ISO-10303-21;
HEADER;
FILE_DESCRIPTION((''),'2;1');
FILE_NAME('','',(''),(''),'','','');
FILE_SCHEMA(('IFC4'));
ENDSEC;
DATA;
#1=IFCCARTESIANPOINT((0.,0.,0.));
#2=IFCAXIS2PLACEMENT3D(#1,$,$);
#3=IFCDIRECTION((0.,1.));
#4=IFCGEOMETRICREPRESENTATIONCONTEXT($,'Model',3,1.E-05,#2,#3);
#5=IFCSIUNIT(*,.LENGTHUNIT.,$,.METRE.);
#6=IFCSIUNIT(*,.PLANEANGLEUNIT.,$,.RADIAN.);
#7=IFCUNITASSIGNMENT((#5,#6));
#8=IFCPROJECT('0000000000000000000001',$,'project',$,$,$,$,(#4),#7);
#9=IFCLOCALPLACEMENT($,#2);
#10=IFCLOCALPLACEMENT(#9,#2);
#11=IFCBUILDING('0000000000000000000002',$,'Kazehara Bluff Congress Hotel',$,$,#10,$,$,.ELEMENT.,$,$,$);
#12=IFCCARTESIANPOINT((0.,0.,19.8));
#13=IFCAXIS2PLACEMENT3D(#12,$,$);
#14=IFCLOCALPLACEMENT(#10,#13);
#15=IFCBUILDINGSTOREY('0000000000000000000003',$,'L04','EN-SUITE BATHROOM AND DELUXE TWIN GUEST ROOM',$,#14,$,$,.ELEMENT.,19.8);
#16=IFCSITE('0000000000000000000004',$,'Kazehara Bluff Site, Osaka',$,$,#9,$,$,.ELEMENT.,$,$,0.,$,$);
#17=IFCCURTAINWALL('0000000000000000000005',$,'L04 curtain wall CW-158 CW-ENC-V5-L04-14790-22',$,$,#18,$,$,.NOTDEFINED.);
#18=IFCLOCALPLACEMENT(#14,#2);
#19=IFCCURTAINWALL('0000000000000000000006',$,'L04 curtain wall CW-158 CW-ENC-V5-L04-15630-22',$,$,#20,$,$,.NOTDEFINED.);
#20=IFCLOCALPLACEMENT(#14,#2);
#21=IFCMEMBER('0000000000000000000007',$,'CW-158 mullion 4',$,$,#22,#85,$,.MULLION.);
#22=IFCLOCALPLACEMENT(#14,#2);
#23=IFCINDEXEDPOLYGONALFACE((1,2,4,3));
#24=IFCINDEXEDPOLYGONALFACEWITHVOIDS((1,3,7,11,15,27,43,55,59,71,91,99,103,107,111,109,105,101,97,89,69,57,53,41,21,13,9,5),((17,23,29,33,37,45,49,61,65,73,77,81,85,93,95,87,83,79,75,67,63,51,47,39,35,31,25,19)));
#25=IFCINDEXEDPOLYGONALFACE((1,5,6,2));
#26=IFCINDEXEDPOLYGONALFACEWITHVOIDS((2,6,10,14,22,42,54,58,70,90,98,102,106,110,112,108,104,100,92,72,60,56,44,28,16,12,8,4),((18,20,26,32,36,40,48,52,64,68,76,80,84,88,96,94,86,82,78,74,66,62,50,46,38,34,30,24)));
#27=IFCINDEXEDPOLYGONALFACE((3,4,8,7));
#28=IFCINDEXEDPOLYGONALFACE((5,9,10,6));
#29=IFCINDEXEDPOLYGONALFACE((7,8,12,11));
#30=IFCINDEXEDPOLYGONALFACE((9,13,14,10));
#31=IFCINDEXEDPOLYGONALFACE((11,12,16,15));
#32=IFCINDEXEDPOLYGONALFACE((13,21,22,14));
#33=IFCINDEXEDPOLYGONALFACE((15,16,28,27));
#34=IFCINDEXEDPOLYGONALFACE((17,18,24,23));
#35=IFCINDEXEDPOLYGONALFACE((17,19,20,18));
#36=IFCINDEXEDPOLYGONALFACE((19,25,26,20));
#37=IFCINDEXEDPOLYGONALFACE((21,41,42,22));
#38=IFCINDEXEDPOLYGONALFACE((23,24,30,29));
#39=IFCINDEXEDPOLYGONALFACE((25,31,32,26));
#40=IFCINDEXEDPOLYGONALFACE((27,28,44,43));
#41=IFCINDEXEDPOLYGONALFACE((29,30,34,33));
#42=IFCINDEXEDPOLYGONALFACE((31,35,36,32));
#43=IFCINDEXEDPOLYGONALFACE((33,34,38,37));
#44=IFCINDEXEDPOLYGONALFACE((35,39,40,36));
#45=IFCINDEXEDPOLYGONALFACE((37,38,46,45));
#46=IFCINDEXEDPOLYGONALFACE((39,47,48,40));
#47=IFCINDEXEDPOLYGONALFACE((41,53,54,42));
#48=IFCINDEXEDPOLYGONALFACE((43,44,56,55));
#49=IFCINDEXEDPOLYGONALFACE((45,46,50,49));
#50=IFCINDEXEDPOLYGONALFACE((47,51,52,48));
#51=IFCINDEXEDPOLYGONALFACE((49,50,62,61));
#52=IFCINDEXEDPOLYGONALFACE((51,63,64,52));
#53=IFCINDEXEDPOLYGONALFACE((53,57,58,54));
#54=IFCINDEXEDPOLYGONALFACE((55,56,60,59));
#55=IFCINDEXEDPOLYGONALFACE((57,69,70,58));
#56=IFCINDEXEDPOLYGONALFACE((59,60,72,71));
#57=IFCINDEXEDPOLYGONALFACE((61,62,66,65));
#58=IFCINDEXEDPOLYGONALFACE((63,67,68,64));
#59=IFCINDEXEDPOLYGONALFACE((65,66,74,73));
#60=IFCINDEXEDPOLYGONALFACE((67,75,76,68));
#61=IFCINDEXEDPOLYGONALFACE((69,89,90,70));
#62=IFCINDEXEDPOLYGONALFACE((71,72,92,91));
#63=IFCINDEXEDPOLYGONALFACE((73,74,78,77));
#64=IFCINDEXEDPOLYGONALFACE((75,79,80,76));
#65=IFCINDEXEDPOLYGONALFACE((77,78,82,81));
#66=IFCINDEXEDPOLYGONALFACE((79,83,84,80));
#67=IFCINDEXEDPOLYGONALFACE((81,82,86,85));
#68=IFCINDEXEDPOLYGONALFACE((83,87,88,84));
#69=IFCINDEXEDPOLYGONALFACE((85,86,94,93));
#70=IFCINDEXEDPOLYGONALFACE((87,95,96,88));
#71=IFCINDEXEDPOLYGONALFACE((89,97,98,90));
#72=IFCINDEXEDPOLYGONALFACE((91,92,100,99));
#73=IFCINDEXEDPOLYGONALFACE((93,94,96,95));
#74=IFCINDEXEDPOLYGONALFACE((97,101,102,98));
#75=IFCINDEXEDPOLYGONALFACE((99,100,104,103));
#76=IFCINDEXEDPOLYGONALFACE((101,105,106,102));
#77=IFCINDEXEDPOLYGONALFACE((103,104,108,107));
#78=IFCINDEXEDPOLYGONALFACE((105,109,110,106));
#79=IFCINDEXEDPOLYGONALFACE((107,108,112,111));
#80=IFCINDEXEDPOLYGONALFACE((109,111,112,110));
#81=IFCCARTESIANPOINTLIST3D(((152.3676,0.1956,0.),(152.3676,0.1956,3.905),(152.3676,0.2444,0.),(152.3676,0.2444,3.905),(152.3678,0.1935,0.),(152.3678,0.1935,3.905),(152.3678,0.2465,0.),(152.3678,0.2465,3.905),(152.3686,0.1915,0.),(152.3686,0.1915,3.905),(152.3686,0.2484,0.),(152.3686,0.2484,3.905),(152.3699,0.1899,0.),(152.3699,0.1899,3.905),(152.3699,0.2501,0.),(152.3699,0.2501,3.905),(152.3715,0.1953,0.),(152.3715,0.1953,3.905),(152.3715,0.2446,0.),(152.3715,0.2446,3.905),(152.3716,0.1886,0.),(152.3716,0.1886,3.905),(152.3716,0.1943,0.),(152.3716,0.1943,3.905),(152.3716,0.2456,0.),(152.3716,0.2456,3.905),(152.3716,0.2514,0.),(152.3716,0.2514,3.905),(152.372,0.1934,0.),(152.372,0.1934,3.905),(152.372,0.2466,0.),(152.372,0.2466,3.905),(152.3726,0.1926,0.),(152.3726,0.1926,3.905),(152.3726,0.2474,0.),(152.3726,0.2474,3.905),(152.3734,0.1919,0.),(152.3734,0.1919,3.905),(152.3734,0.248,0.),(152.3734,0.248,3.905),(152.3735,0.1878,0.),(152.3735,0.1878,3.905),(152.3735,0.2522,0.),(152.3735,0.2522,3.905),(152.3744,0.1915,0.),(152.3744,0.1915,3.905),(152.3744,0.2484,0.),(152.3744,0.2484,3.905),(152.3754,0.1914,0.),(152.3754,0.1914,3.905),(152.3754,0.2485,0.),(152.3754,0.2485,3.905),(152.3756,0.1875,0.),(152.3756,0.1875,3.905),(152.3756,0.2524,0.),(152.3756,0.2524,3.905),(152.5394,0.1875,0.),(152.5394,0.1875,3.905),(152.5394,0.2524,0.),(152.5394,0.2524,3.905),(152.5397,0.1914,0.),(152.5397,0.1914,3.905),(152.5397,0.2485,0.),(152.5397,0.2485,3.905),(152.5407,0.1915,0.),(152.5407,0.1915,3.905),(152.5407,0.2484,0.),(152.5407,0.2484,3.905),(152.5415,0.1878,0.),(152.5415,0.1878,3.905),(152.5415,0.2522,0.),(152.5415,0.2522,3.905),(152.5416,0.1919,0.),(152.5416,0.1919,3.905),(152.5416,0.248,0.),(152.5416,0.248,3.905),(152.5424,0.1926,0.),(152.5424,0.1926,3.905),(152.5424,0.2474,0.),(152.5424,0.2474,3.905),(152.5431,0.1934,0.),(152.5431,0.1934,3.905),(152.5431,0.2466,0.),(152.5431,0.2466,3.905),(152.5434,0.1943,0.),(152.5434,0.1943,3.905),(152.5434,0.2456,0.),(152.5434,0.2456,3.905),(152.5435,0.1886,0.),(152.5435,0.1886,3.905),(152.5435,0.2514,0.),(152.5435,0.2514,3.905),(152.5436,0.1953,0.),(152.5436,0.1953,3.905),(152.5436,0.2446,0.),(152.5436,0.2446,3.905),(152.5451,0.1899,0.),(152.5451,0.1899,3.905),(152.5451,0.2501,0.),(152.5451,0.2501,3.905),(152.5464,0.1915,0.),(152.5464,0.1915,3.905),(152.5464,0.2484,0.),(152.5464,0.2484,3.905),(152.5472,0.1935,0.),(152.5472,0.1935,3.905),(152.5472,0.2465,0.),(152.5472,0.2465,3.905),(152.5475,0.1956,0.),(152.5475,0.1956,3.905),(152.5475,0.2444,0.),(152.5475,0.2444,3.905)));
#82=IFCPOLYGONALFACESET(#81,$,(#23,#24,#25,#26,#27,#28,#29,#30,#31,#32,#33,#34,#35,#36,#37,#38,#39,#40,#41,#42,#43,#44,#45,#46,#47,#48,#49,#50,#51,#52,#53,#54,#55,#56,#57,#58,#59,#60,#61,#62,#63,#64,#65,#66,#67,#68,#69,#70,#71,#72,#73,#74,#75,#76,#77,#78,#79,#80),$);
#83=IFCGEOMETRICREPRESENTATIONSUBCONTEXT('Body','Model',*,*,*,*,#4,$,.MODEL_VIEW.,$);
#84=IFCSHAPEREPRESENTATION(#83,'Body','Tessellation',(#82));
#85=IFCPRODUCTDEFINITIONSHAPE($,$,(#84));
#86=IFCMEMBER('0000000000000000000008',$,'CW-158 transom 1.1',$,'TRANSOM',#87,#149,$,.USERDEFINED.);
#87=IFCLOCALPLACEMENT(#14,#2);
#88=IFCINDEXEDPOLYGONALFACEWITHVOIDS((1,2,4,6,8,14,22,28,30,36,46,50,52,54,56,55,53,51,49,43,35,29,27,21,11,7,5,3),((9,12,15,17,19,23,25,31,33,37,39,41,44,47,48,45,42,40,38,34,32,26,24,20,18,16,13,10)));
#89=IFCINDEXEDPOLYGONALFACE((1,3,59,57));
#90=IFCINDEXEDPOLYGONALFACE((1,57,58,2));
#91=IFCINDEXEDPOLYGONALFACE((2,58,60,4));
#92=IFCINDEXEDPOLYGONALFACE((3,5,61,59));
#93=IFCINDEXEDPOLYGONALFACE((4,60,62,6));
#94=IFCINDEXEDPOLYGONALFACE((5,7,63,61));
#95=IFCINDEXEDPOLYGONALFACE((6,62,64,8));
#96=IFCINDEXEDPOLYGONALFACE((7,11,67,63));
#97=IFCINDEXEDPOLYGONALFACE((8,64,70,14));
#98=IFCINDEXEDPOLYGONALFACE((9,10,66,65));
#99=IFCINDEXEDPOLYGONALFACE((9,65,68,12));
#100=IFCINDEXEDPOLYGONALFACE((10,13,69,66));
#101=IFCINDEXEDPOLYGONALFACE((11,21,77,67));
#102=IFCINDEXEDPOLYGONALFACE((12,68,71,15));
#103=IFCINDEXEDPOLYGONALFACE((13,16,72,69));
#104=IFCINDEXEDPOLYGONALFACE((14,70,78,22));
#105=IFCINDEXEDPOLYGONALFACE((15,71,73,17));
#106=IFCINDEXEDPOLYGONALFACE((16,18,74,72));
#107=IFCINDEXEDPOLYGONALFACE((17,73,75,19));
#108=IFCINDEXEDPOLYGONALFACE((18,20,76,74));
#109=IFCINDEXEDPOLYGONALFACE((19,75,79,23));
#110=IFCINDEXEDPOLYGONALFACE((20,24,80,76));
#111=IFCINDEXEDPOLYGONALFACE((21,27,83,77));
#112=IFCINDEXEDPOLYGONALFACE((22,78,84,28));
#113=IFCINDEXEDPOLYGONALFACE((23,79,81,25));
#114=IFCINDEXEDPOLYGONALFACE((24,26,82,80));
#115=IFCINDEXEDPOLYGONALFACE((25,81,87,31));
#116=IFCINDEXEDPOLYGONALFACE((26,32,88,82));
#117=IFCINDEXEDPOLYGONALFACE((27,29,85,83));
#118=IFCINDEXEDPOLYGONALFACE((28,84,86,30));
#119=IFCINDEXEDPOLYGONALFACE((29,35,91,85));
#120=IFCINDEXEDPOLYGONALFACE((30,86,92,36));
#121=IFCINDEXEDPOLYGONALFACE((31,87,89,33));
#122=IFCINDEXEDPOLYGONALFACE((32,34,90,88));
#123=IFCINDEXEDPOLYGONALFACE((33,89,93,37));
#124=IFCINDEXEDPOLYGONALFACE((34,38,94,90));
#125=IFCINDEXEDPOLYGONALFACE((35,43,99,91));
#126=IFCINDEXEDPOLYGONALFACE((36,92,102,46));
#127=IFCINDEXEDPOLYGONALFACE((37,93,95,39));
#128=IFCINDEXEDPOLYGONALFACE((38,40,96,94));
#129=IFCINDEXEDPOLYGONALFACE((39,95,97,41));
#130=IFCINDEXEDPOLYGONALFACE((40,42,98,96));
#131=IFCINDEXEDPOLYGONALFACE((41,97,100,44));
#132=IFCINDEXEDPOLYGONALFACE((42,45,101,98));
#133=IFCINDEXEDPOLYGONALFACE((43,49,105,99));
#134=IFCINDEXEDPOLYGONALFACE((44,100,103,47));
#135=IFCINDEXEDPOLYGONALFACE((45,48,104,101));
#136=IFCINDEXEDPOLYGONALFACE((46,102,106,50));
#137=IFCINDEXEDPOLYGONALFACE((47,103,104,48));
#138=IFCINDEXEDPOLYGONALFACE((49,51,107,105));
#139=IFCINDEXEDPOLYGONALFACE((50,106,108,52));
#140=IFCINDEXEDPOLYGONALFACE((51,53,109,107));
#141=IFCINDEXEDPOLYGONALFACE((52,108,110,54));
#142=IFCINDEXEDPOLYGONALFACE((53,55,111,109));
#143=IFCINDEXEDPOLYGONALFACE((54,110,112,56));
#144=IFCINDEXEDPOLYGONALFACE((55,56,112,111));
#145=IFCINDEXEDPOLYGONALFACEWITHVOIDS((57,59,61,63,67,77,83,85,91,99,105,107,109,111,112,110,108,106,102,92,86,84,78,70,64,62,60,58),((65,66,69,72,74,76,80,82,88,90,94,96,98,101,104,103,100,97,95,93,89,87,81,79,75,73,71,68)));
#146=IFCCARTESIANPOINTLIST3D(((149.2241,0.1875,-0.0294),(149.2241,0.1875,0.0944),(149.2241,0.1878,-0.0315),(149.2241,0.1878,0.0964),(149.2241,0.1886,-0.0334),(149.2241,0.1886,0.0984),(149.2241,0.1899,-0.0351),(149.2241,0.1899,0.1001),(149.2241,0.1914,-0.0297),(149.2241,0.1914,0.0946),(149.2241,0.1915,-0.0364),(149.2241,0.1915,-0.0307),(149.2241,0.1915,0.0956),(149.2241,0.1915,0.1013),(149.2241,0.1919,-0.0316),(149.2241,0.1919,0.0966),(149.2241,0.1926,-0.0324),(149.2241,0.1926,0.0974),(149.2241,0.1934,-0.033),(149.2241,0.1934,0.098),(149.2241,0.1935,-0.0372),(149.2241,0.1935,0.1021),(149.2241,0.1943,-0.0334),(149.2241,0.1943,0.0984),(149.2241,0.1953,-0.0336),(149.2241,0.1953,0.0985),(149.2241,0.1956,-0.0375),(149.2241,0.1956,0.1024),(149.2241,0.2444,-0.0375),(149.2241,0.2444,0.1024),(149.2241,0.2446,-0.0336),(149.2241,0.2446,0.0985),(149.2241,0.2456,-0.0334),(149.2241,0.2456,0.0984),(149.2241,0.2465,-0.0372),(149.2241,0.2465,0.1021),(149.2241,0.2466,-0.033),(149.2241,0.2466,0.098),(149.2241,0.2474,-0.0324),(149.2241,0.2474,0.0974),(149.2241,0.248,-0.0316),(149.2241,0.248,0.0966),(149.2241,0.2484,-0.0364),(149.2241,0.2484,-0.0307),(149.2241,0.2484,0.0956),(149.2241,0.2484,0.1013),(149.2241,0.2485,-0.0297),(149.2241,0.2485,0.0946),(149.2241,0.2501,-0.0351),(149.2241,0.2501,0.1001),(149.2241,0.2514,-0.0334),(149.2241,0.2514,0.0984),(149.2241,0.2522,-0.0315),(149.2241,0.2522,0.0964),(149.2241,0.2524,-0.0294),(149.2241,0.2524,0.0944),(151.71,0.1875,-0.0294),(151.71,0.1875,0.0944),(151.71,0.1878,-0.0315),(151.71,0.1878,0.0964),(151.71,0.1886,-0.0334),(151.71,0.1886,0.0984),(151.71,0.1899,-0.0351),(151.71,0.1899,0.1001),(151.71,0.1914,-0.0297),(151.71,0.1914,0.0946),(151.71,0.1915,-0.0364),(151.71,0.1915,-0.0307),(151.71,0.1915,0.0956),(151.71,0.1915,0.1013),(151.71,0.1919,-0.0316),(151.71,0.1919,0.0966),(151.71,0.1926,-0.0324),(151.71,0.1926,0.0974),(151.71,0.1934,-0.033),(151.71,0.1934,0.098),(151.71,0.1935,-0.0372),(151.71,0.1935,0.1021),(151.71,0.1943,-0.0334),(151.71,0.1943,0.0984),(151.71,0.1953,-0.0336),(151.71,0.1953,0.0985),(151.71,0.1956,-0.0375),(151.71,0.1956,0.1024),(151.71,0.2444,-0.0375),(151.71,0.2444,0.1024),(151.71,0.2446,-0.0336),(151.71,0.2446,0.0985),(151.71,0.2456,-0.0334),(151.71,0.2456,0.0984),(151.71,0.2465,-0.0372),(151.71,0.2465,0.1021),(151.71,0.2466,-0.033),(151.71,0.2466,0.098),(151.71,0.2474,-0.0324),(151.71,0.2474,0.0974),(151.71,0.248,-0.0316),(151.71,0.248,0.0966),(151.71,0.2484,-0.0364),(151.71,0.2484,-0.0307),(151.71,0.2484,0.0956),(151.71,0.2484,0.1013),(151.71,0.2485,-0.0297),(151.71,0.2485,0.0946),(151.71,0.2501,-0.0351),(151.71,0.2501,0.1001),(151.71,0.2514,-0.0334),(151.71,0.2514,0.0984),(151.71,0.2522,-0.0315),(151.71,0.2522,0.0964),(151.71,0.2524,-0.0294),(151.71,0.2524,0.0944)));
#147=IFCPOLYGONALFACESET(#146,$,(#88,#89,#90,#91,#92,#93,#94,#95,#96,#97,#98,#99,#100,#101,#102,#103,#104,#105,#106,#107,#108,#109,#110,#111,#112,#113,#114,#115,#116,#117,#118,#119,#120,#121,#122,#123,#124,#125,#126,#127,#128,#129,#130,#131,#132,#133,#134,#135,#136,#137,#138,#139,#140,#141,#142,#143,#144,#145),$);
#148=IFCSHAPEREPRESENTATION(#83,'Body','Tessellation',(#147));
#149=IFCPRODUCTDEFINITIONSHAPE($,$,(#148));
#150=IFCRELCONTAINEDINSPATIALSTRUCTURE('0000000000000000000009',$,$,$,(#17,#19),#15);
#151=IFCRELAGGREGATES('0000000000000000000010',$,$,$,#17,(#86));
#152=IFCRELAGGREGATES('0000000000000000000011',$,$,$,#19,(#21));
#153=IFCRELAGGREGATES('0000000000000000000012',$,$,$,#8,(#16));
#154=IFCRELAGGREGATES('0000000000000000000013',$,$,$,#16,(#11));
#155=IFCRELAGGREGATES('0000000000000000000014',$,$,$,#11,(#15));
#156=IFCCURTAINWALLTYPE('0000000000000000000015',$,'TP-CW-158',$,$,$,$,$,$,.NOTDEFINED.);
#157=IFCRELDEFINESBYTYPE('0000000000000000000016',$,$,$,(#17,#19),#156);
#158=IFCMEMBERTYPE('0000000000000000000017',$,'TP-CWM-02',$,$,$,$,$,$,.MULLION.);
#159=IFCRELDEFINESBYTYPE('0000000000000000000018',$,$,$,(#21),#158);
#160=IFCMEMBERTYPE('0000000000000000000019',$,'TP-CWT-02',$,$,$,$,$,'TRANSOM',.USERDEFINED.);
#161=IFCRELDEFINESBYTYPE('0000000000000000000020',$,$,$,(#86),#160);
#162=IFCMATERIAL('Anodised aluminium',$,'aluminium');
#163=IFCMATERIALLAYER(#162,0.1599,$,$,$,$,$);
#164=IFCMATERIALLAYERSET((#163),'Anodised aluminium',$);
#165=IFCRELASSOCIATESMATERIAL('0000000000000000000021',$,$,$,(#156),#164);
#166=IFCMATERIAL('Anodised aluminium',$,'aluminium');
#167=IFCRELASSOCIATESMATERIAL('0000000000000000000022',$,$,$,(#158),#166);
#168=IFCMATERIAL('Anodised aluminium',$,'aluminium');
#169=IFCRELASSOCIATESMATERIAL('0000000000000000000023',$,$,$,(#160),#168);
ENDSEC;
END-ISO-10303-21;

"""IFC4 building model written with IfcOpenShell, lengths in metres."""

from ifc_helpers import new_model, si_unit, direction, frame, origin, origin_2d, place, context, subcontext, project, spatial, hollow_rectangle, extrude, material, layer, layer_set, material_profile, profile_set, type_object, element, aggregate, save


model = new_model("IFC4")

# Units and contexts
model_context = context("Model", 3, precision=1e-05, world=origin(), true_north=direction((0.0, 1.0)))
body_context = subcontext(model_context, "Body", "Model", "MODEL_VIEW")
ifc_project = project(units=[si_unit("LENGTHUNIT", "METRE"), si_unit("PLANEANGLEUNIT", "RADIAN")], contexts=[model_context])

# Site, building, storey
site_placement = place(None, origin())
site = spatial("IfcSite", under=ifc_project, at=site_placement, Name="Kazehara Bluff Site, Osaka", CompositionType="ELEMENT", RefElevation=0.0)
building_placement = place(site_placement, origin())
building = spatial("IfcBuilding", under=site, at=building_placement, Name="Kazehara Bluff Congress Hotel", CompositionType="ELEMENT")
storey_placement = place(building_placement, frame((0.0, 0.0, 19.8)))
storey = spatial("IfcBuildingStorey", under=building, at=storey_placement, Name="L04", Description="EN-SUITE BATHROOM AND DELUXE TWIN GUEST ROOM", CompositionType="ELEMENT", Elevation=19.8)

# Curtain walls, member
ifc_material_1 = material(Name="Anodised aluminium", Category="aluminium")
ifc_layer_1 = layer(ifc_material_1, 0.1599)
ifc_layer_set_1 = layer_set([ifc_layer_1], Name="Anodised aluminium")
curtain_wall_type = type_object("IfcCurtainWallType", Name="TP-CW-158", PredefinedType="NOTDEFINED", material=ifc_layer_set_1)
curtain_wall_1_placement = place(storey_placement, origin())
curtain_wall_1 = element("IfcCurtainWall", 1, at=curtain_wall_1_placement, inside=storey, type_object=curtain_wall_type, Name="L04 curtain wall CW-158 CW-ENC-V5-L04-14790-22", PredefinedType="NOTDEFINED")
ifc_material_2 = material(Name="Anodised aluminium", Category="aluminium")
ifc_material_profile_1 = material_profile(ifc_material_2, hollow_rectangle(XDim=0.0649, YDim=0.1799, WallThickness=0.0039, InnerFilletRadius=0.0039, OuterFilletRadius=0.0081, at=origin_2d()))
ifc_profile_set_1 = profile_set([ifc_material_profile_1], Name="Anodised aluminium")
member_type_1 = type_object("IfcMemberType", Name="TP-CWM-02", PredefinedType="MULLION", material=ifc_profile_set_1)
curtain_wall_2_placement = place(storey_placement, origin())
curtain_wall_2 = element("IfcCurtainWall", 2, at=curtain_wall_2_placement, inside=storey, type_object=curtain_wall_type, Name="L04 curtain wall CW-158 CW-ENC-V5-L04-15630-22", PredefinedType="NOTDEFINED")
member_1_placement = place(storey_placement, frame((152.4575, 0.22, 0.0), z_axis=(0.0, 0.0, 1.0), x_axis=(0.0, -1.0, 0.0)))
member_1 = element("IfcMember", 3, at=member_1_placement, type_object=member_type_1, Name="CW-158 mullion 4", PredefinedType="MULLION", context=body_context, shape_type="SweptSolid", body=[
    extrude(hollow_rectangle(XDim=0.0649, YDim=0.1799, WallThickness=0.0039, InnerFilletRadius=0.0039, OuterFilletRadius=0.0081, at=origin_2d()), origin(), (0.0, 0.0, 1.0), 3.905),
])

# Member
ifc_material_3 = material(Name="Anodised aluminium", Category="aluminium")
ifc_material_profile_2 = material_profile(ifc_material_3, hollow_rectangle(XDim=0.0649, YDim=0.1399, WallThickness=0.0039, InnerFilletRadius=0.0039, OuterFilletRadius=0.0081, at=origin_2d()))
ifc_profile_set_2 = profile_set([ifc_material_profile_2], Name="Anodised aluminium")
member_type_2 = type_object("IfcMemberType", Name="TP-CWT-02", ElementType="TRANSOM", PredefinedType="USERDEFINED", material=ifc_profile_set_2)
member_2_placement = place(storey_placement, frame((151.71, 0.22, 0.0325), z_axis=(-1.0, 0.0, 0.0), x_axis=(0.0, -1.0, 0.0)))
member_2 = element("IfcMember", 4, at=member_2_placement, type_object=member_type_2, Name="CW-158 transom 1.1", ObjectType="TRANSOM", PredefinedType="USERDEFINED", context=body_context, shape_type="SweptSolid", body=[
    extrude(hollow_rectangle(XDim=0.0649, YDim=0.1399, WallThickness=0.0039, InnerFilletRadius=0.0039, OuterFilletRadius=0.0081, at=origin_2d()), origin(), (0.0, 0.0, 1.0), 2.4858),
])

aggregate(curtain_wall_1, [member_2])
aggregate(curtain_wall_2, [member_1])

save(model, "model.ifc")
